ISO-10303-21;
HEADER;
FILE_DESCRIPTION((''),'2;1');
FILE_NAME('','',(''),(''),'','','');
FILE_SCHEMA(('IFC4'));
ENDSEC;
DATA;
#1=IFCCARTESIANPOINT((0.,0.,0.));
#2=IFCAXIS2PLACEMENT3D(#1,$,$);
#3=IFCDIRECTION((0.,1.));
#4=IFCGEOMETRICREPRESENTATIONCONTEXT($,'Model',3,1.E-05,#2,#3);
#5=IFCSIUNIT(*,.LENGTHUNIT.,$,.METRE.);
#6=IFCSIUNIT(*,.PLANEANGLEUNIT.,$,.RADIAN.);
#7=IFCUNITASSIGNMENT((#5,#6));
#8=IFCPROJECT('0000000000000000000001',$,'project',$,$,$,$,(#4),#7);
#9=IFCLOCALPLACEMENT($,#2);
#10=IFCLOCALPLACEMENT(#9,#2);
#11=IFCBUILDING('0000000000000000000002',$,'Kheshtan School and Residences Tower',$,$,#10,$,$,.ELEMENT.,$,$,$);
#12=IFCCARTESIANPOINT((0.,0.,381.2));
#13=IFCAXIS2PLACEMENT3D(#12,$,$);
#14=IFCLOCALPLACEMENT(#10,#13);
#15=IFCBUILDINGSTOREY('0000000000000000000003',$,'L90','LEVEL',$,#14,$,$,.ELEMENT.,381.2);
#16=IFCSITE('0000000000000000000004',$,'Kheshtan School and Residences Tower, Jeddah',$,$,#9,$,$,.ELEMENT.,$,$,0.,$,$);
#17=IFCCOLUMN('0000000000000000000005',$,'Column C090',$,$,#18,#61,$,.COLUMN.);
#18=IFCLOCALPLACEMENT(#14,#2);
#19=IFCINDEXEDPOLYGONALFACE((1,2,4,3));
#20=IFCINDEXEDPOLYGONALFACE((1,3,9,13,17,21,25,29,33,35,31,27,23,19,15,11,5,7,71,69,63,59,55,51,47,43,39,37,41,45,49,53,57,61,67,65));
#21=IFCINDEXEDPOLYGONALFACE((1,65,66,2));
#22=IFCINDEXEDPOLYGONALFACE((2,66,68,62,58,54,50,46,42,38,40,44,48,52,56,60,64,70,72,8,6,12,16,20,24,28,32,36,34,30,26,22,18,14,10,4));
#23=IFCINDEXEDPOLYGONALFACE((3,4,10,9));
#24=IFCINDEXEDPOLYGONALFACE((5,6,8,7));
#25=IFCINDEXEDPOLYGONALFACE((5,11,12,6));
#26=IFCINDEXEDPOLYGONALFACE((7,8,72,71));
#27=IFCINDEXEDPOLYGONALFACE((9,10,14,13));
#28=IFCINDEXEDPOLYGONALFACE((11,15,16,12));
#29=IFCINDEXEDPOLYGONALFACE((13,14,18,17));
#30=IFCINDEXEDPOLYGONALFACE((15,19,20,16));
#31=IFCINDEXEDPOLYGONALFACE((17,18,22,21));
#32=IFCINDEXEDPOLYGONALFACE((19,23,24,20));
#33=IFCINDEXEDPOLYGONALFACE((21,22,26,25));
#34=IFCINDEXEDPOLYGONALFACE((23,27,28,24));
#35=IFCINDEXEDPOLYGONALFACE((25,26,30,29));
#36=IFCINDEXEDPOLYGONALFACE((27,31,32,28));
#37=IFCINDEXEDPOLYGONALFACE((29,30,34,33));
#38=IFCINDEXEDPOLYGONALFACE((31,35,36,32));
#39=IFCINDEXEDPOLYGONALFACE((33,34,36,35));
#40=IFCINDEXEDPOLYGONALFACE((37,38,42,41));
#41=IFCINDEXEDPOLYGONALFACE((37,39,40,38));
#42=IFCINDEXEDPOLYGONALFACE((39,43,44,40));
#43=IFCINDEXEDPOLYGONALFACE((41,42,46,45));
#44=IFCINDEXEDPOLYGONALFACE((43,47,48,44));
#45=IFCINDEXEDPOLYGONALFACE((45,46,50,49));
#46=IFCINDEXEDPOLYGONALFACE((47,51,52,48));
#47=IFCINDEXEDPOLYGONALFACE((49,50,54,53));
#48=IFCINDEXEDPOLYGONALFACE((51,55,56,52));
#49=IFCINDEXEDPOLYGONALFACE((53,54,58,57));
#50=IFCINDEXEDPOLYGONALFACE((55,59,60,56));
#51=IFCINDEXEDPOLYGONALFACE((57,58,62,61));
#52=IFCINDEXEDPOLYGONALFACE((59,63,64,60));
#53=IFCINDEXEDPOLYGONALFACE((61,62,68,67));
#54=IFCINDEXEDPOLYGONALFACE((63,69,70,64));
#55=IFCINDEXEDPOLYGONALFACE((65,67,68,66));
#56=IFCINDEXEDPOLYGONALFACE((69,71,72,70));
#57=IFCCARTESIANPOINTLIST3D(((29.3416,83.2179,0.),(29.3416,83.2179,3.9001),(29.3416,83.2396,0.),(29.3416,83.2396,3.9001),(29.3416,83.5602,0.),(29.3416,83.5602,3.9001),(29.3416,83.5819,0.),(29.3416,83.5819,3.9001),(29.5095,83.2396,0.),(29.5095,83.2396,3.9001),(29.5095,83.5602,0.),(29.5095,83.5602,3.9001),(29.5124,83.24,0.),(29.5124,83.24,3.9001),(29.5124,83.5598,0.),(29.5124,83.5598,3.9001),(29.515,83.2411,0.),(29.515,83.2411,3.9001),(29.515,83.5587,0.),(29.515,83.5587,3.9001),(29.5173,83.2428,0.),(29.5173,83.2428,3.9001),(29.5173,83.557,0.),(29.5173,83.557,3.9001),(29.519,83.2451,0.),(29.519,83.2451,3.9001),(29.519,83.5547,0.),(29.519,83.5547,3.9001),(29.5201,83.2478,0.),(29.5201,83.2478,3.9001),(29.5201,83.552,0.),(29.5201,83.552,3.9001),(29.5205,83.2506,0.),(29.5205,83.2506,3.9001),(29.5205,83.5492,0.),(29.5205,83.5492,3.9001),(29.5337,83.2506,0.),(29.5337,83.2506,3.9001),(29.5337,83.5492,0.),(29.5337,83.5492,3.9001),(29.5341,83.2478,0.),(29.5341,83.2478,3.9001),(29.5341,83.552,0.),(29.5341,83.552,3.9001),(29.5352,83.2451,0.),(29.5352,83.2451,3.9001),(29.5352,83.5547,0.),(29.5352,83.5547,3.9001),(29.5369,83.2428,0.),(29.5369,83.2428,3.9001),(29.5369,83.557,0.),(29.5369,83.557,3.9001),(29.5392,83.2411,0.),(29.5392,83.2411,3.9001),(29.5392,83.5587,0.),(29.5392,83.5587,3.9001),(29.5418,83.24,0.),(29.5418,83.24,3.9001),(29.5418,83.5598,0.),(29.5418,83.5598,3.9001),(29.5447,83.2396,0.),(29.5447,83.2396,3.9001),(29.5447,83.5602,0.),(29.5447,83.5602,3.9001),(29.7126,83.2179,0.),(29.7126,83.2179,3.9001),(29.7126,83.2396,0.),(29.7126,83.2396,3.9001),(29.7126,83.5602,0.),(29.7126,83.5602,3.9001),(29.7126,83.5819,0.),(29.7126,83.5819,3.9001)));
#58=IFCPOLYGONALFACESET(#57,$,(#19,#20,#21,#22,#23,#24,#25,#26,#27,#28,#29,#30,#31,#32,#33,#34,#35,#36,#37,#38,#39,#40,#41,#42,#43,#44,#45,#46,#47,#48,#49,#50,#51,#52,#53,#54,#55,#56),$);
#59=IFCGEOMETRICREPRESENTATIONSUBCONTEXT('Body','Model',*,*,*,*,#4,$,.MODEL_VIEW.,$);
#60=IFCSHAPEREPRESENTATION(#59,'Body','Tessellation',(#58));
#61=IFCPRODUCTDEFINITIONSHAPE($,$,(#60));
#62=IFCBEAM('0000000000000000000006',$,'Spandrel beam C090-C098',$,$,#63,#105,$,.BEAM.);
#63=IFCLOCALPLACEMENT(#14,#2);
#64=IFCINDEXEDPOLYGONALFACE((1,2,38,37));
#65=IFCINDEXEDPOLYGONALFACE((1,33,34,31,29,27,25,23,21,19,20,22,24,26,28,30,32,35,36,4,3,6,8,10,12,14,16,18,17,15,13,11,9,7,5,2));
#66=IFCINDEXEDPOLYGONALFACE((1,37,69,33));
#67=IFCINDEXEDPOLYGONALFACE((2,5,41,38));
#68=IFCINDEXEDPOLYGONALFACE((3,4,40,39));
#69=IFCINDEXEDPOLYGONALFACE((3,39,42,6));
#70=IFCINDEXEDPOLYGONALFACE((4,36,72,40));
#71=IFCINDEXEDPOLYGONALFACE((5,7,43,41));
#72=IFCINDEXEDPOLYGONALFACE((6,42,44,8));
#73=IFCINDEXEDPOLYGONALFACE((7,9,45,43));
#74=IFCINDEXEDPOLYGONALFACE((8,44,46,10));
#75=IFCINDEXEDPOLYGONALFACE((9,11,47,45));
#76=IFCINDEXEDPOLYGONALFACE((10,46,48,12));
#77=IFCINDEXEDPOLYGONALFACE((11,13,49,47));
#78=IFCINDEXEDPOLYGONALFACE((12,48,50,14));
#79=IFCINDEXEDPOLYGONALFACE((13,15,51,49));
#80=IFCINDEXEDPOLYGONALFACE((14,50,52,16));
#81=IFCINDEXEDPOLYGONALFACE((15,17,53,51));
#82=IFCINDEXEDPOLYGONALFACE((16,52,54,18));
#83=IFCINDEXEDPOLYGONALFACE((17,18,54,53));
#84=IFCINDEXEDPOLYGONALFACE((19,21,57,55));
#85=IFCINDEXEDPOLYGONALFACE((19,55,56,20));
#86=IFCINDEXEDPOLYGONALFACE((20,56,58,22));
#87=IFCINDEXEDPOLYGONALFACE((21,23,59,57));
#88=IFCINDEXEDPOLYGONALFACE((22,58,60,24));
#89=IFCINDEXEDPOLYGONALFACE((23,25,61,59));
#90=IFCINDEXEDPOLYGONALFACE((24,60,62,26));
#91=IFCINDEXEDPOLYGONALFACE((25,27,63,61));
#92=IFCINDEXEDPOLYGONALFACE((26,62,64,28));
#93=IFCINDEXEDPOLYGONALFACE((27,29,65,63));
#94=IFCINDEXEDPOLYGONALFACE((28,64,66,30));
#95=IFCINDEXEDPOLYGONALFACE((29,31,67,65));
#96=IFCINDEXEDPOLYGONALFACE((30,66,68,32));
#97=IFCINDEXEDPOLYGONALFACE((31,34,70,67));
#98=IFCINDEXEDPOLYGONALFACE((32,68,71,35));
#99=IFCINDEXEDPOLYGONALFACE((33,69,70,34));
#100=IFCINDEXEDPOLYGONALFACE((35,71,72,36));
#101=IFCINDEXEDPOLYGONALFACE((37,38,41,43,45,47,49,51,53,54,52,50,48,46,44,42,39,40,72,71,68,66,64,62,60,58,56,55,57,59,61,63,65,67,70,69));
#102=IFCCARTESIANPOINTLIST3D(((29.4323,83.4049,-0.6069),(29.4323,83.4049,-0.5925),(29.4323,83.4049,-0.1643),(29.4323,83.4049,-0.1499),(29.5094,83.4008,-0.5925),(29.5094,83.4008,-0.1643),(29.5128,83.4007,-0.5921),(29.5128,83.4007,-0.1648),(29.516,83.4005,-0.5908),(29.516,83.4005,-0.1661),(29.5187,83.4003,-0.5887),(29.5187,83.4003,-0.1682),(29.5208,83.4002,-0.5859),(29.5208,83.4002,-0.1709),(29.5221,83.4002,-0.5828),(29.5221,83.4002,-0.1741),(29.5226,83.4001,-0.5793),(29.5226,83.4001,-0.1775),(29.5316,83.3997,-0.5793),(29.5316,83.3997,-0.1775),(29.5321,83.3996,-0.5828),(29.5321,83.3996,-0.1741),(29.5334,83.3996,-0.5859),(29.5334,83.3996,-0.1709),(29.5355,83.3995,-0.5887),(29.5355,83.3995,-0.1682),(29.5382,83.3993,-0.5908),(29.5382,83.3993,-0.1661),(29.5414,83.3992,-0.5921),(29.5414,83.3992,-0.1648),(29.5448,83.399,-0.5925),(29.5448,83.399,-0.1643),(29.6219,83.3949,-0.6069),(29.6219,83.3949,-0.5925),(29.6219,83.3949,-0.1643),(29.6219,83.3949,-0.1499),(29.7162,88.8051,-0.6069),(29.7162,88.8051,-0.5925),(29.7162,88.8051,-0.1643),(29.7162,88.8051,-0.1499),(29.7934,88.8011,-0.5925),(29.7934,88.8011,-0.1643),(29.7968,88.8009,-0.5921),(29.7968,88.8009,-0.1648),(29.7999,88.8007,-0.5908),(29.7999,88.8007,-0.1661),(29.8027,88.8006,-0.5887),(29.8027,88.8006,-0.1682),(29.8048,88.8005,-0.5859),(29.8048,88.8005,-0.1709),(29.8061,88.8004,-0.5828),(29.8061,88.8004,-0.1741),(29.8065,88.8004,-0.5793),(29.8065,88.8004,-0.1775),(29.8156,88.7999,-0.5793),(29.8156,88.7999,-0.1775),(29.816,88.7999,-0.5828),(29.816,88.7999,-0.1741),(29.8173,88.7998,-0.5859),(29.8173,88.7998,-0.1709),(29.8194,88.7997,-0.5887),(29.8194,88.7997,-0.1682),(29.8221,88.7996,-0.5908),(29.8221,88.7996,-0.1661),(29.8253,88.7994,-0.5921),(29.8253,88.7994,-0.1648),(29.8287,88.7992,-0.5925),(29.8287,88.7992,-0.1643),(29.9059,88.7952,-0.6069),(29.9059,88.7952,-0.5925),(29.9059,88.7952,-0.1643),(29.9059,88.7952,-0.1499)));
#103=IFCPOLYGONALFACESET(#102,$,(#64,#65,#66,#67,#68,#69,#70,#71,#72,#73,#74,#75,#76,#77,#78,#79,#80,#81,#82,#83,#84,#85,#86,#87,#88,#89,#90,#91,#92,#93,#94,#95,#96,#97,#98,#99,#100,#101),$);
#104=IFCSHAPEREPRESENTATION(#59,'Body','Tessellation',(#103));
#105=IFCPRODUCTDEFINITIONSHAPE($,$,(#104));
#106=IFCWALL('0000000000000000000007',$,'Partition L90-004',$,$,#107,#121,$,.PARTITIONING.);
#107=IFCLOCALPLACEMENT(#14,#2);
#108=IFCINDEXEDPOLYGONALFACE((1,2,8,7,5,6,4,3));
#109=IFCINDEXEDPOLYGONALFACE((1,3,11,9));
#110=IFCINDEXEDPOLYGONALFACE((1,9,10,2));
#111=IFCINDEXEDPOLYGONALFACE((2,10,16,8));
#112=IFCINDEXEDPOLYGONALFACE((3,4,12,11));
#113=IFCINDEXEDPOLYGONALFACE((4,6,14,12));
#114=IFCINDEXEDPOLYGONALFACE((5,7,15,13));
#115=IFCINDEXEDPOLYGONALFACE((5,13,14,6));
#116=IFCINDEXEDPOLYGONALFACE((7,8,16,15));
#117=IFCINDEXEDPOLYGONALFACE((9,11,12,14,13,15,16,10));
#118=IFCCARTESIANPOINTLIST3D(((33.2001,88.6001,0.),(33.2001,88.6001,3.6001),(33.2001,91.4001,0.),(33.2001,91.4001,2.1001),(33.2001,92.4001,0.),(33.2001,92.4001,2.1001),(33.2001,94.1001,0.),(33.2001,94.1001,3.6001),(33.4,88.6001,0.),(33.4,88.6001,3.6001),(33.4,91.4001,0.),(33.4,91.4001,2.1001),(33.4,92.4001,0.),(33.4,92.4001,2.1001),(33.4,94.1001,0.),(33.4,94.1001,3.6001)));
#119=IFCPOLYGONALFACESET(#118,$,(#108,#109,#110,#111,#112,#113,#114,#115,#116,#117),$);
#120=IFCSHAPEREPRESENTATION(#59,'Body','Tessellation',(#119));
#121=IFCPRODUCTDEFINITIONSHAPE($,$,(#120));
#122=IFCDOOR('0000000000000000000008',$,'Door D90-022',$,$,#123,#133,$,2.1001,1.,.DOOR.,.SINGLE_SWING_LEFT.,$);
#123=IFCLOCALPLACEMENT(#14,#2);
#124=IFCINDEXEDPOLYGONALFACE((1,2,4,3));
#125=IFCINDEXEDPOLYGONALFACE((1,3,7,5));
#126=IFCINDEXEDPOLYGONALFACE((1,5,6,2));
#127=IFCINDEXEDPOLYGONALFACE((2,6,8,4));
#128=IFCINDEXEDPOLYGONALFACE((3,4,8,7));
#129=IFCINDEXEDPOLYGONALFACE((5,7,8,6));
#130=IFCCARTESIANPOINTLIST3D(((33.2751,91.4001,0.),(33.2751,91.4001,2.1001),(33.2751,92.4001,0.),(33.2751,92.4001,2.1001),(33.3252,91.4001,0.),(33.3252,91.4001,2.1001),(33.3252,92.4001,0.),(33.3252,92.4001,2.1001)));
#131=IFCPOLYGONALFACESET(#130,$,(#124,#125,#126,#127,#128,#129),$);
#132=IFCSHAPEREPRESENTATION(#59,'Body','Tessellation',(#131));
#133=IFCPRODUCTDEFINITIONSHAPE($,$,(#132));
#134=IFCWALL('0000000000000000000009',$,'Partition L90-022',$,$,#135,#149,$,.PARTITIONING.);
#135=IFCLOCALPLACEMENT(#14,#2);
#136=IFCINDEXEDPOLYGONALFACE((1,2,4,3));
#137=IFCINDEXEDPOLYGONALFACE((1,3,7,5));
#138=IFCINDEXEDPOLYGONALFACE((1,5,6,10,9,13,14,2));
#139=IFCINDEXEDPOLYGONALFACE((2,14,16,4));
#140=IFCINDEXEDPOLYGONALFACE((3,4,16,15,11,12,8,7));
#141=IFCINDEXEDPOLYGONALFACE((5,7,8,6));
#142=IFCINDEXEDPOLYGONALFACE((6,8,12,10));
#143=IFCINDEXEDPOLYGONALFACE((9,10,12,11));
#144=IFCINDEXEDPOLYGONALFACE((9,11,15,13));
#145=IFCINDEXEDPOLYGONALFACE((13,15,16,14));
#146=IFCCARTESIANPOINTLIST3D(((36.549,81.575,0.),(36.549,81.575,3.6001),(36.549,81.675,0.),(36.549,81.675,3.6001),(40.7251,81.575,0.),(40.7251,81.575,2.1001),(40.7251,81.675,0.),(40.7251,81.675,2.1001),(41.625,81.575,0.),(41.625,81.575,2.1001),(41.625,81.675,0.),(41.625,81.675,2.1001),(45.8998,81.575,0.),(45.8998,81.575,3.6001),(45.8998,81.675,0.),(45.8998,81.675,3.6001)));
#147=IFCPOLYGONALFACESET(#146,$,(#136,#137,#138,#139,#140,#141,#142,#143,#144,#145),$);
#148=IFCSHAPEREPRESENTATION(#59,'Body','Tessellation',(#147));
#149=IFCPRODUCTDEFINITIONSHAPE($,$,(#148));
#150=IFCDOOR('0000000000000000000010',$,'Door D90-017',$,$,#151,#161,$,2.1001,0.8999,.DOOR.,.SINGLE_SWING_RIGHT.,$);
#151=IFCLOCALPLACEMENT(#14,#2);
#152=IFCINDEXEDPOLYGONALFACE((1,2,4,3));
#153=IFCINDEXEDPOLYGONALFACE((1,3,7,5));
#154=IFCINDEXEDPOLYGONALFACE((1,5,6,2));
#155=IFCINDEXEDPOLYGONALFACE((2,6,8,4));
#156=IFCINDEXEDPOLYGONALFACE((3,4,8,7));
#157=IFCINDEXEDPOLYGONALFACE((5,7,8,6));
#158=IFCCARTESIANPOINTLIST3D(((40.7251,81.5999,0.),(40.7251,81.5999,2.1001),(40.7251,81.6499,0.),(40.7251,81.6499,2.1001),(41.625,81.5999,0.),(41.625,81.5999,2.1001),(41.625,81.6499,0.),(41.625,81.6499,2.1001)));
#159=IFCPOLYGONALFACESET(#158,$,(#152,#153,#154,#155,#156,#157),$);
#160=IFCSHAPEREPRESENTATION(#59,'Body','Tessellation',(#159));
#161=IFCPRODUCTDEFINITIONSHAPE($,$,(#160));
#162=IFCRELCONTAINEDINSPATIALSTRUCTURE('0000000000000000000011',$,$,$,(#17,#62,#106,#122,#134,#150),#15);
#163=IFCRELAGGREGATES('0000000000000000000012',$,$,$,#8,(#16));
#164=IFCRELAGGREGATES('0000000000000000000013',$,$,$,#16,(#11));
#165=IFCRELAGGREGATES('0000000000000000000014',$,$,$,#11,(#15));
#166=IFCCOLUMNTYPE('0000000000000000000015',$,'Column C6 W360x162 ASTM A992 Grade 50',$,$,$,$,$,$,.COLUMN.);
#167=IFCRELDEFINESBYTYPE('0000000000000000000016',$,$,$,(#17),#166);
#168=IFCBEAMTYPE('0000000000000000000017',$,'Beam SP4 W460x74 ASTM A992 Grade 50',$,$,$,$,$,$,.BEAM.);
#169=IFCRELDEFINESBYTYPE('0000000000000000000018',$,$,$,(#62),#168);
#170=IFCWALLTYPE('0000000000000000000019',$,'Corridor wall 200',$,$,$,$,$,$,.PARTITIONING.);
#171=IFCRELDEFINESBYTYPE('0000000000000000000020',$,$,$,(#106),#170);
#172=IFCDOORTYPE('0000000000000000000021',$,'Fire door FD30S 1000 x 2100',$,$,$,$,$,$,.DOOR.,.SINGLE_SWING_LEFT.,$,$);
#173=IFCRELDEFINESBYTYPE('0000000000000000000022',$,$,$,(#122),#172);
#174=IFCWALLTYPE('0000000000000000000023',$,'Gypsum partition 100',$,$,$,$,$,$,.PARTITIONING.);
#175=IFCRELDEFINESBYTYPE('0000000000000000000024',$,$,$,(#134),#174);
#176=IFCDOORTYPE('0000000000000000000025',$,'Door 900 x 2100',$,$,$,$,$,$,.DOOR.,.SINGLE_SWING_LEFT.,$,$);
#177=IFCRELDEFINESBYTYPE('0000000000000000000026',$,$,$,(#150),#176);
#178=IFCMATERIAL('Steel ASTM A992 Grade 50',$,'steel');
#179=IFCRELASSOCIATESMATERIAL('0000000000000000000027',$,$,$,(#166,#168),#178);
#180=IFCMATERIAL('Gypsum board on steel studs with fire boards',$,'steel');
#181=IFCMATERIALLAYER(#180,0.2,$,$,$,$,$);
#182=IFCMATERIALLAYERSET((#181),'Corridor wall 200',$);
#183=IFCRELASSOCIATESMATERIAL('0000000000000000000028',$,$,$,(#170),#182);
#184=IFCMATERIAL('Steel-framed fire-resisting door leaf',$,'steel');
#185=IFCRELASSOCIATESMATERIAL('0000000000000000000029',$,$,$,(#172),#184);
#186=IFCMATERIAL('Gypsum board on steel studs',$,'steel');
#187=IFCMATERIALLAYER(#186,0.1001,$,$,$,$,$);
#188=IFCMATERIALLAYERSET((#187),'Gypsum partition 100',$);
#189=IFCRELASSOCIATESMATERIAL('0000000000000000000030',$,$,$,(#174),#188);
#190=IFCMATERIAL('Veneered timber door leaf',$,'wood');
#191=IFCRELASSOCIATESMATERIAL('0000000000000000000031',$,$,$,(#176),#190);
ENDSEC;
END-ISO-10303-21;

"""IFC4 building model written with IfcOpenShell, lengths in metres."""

from ifc_helpers import new_model, si_unit, direction, frame, frame_2d, origin, origin_2d, place, context, subcontext, project, spatial, rectangle, i_section, extrude, source, transform, mapped, material, layer, layer_set, material_profile, profile_set, type_object, element, fill, save


model = new_model("IFC4")

# Units and contexts
model_context = context("Model", 3, precision=1e-05, world=origin(), true_north=direction((0.0, 1.0)))
body_context = subcontext(model_context, "Body", "Model", "MODEL_VIEW")
ifc_project = project(units=[si_unit("LENGTHUNIT", "METRE"), si_unit("PLANEANGLEUNIT", "RADIAN")], contexts=[model_context])

# Site, building, storey
site_placement = place(None, origin())
site = spatial("IfcSite", under=ifc_project, at=site_placement, Name="Kheshtan School and Residences Tower, Jeddah", CompositionType="ELEMENT", RefElevation=0.0)
building_placement = place(site_placement, origin())
building = spatial("IfcBuilding", under=site, at=building_placement, Name="Kheshtan School and Residences Tower", CompositionType="ELEMENT")
storey_placement = place(building_placement, frame((0.0, 0.0, 381.2)))
storey = spatial("IfcBuildingStorey", under=building, at=storey_placement, Name="L90", Description="LEVEL", CompositionType="ELEMENT", Elevation=381.2)

# Column
ifc_material_1 = material(Name="Steel ASTM A992 Grade 50", Category="steel")
ifc_material_profile_1 = material_profile(ifc_material_1, i_section(OverallWidth=0.3711, OverallDepth=0.364, WebThickness=0.0132, FlangeThickness=0.0217, FilletRadius=0.011, at=origin_2d()), Name="W360x162")
ifc_profile_set_1 = profile_set([ifc_material_profile_1], Name="Steel ASTM A992 Grade 50")
column_type = type_object("IfcColumnType", Name="Column C6 W360x162 ASTM A992 Grade 50", PredefinedType="COLUMN", material=ifc_profile_set_1)
column_placement = place(storey_placement, frame((29.5271, 83.3999, 0.0), z_axis=(0.0, 0.0, 1.0), x_axis=(1.0, 0.0, 0.0)))
element("IfcColumn", 1, at=column_placement, inside=storey, type_object=column_type, Name="Column C090", PredefinedType="COLUMN", context=body_context, shape_type="SweptSolid", body=[
    extrude(i_section(OverallWidth=0.3711, OverallDepth=0.364, WebThickness=0.0132, FlangeThickness=0.0217, FilletRadius=0.011, at=origin_2d()), origin(), (0.0, 0.0, 1.0), 3.9001),
])

# Beam
ifc_material_profile_2 = material_profile(ifc_material_1, i_section(OverallWidth=0.1899, OverallDepth=0.457, WebThickness=0.009, FlangeThickness=0.0144, FilletRadius=0.0132, at=origin_2d()), Name="W460x74")
ifc_profile_set_2 = profile_set([ifc_material_profile_2], Name="Steel ASTM A992 Grade 50")
beam_type = type_object("IfcBeamType", Name="Beam SP4 W460x74 ASTM A992 Grade 50", PredefinedType="BEAM", material=ifc_profile_set_2)
beam_placement = place(storey_placement, frame((29.5271, 83.3999, -0.3784), z_axis=(0.052507, 0.998621, 0.0), x_axis=(-0.998621, 0.052507, 0.0)))
element("IfcBeam", 2, at=beam_placement, inside=storey, type_object=beam_type, Name="Spandrel beam C090-C098", PredefinedType="BEAM", context=body_context, shape_type="SweptSolid", body=[
    extrude(i_section(OverallWidth=0.1899, OverallDepth=0.457, WebThickness=0.009, FlangeThickness=0.0144, FilletRadius=0.0132, at=origin_2d()), origin(), (0.0, 0.0, 1.0), 5.4077),
])

# Walls, openings, doors
ifc_material_2 = material(Name="Gypsum board on steel studs with fire boards", Category="steel")
ifc_layer_1 = layer(ifc_material_2, 0.2)
ifc_layer_set_1 = layer_set([ifc_layer_1], Name="Corridor wall 200")
wall_type_1 = type_object("IfcWallType", Name="Corridor wall 200", PredefinedType="PARTITIONING", material=ifc_layer_set_1)
wall_1_placement = place(storey_placement, frame((33.3, 88.6001, 0.0), z_axis=(0.0, 0.0, 1.0), x_axis=(0.0, 1.0, 0.0)))
wall_1 = element("IfcWall", 3, at=wall_1_placement, inside=storey, type_object=wall_type_1, Name="Partition L90-004", PredefinedType="PARTITIONING", context=body_context, shape_type="SweptSolid", body=[
    extrude(rectangle(XDim=5.5, YDim=0.2, at=frame_2d((2.75, 0.0))), origin(), (0.0, 0.0, 1.0), 3.6001),
])
opening_1_placement = place(wall_1_placement, frame((2.8, 0.0, 0.0)))
opening_1 = element("IfcOpeningElement", 4, at=opening_1_placement, cuts=wall_1, PredefinedType="OPENING", context=body_context, shape_type="SweptSolid", body=[
    extrude(rectangle(XDim=1.0, YDim=2.1001, at=frame_2d((0.5, 1.05))), frame((0.0, 0.1099, 0.0), z_axis=(0.0, -1.0, 0.0), x_axis=(1.0, 0.0, 0.0)), (0.0, 0.0, 1.0), 0.22),
])
ifc_material_3 = material(Name="Steel-framed fire-resisting door leaf", Category="steel")
door_type_1 = type_object("IfcDoorType", Name="Fire door FD30S 1000 x 2100", OperationType="SINGLE_SWING_LEFT", PredefinedType="DOOR", material=ifc_material_3)
shared_shape_1 = source(origin(), body_context, "Body", "SweptSolid", [
    extrude(rectangle(XDim=1.0, YDim=2.1001, at=frame_2d((0.5, 1.05))), frame((0.0, 0.0249, 0.0), z_axis=(0.0, -1.0, 0.0), x_axis=(1.0, 0.0, 0.0)), (0.0, 0.0, 1.0), 0.05),
])
door_1_placement = place(opening_1_placement, origin())
door_1 = element("IfcDoor", 5, at=door_1_placement, inside=storey, type_object=door_type_1, Name="Door D90-022", OperationType="SINGLE_SWING_LEFT", OverallHeight=2.1001, OverallWidth=1.0, PredefinedType="DOOR", context=body_context, shape_type="MappedRepresentation", body=[
    mapped(shared_shape_1, transform((0.0, 0.0, 0.0), x_axis=(1.0, 0.0, 0.0), y_axis=(0.0, 1.0, 0.0), z_axis=(0.0, 0.0, 1.0), scale=1.0)),
])
fill(opening_1, door_1)
ifc_material_4 = material(Name="Gypsum board on steel studs", Category="steel")
ifc_layer_2 = layer(ifc_material_4, 0.1001)
ifc_layer_set_2 = layer_set([ifc_layer_2], Name="Gypsum partition 100")
wall_type_2 = type_object("IfcWallType", Name="Gypsum partition 100", PredefinedType="PARTITIONING", material=ifc_layer_set_2)
wall_2_placement = place(storey_placement, frame((36.5491, 81.625, 0.0), z_axis=(0.0, 0.0, 1.0), x_axis=(1.0, 0.0, 0.0)))
wall_2 = element("IfcWall", 6, at=wall_2_placement, inside=storey, type_object=wall_type_2, Name="Partition L90-022", PredefinedType="PARTITIONING", context=body_context, shape_type="SweptSolid", body=[
    extrude(rectangle(XDim=9.3508, YDim=0.1001, at=frame_2d((4.6753, 0.0))), origin(), (0.0, 0.0, 1.0), 3.6001),
])
opening_2_placement = place(wall_2_placement, frame((4.176, 0.0, 0.0)))
opening_2 = element("IfcOpeningElement", 7, at=opening_2_placement, cuts=wall_2, PredefinedType="OPENING", context=body_context, shape_type="SweptSolid", body=[
    extrude(rectangle(XDim=0.8999, YDim=2.1001, at=frame_2d((0.45, 1.05))), frame((0.0, 0.0601, 0.0), z_axis=(0.0, -1.0, 0.0), x_axis=(1.0, 0.0, 0.0)), (0.0, 0.0, 1.0), 0.1201),
])
ifc_material_5 = material(Name="Veneered timber door leaf", Category="wood")
door_type_2 = type_object("IfcDoorType", Name="Door 900 x 2100", OperationType="SINGLE_SWING_LEFT", PredefinedType="DOOR", material=ifc_material_5)
shared_shape_2 = source(origin(), body_context, "Body", "SweptSolid", [
    extrude(rectangle(XDim=0.8999, YDim=2.1001, at=frame_2d((0.45, 1.05))), frame((0.0, 0.0249, 0.0), z_axis=(0.0, -1.0, 0.0), x_axis=(1.0, 0.0, 0.0)), (0.0, 0.0, 1.0), 0.05),
])
door_2_placement = place(opening_2_placement, origin())
door_2 = element("IfcDoor", 8, at=door_2_placement, inside=storey, type_object=door_type_2, Name="Door D90-017", OperationType="SINGLE_SWING_RIGHT", OverallHeight=2.1001, OverallWidth=0.8999, PredefinedType="DOOR", context=body_context, shape_type="MappedRepresentation", body=[
    mapped(shared_shape_2, transform((0.0, 0.0, 0.0), x_axis=(1.0, 0.0, 0.0), y_axis=(0.0, 1.0, 0.0), z_axis=(0.0, 0.0, 1.0), scale=1.0)),
])
fill(opening_2, door_2)

save(model, "model.ifc")
